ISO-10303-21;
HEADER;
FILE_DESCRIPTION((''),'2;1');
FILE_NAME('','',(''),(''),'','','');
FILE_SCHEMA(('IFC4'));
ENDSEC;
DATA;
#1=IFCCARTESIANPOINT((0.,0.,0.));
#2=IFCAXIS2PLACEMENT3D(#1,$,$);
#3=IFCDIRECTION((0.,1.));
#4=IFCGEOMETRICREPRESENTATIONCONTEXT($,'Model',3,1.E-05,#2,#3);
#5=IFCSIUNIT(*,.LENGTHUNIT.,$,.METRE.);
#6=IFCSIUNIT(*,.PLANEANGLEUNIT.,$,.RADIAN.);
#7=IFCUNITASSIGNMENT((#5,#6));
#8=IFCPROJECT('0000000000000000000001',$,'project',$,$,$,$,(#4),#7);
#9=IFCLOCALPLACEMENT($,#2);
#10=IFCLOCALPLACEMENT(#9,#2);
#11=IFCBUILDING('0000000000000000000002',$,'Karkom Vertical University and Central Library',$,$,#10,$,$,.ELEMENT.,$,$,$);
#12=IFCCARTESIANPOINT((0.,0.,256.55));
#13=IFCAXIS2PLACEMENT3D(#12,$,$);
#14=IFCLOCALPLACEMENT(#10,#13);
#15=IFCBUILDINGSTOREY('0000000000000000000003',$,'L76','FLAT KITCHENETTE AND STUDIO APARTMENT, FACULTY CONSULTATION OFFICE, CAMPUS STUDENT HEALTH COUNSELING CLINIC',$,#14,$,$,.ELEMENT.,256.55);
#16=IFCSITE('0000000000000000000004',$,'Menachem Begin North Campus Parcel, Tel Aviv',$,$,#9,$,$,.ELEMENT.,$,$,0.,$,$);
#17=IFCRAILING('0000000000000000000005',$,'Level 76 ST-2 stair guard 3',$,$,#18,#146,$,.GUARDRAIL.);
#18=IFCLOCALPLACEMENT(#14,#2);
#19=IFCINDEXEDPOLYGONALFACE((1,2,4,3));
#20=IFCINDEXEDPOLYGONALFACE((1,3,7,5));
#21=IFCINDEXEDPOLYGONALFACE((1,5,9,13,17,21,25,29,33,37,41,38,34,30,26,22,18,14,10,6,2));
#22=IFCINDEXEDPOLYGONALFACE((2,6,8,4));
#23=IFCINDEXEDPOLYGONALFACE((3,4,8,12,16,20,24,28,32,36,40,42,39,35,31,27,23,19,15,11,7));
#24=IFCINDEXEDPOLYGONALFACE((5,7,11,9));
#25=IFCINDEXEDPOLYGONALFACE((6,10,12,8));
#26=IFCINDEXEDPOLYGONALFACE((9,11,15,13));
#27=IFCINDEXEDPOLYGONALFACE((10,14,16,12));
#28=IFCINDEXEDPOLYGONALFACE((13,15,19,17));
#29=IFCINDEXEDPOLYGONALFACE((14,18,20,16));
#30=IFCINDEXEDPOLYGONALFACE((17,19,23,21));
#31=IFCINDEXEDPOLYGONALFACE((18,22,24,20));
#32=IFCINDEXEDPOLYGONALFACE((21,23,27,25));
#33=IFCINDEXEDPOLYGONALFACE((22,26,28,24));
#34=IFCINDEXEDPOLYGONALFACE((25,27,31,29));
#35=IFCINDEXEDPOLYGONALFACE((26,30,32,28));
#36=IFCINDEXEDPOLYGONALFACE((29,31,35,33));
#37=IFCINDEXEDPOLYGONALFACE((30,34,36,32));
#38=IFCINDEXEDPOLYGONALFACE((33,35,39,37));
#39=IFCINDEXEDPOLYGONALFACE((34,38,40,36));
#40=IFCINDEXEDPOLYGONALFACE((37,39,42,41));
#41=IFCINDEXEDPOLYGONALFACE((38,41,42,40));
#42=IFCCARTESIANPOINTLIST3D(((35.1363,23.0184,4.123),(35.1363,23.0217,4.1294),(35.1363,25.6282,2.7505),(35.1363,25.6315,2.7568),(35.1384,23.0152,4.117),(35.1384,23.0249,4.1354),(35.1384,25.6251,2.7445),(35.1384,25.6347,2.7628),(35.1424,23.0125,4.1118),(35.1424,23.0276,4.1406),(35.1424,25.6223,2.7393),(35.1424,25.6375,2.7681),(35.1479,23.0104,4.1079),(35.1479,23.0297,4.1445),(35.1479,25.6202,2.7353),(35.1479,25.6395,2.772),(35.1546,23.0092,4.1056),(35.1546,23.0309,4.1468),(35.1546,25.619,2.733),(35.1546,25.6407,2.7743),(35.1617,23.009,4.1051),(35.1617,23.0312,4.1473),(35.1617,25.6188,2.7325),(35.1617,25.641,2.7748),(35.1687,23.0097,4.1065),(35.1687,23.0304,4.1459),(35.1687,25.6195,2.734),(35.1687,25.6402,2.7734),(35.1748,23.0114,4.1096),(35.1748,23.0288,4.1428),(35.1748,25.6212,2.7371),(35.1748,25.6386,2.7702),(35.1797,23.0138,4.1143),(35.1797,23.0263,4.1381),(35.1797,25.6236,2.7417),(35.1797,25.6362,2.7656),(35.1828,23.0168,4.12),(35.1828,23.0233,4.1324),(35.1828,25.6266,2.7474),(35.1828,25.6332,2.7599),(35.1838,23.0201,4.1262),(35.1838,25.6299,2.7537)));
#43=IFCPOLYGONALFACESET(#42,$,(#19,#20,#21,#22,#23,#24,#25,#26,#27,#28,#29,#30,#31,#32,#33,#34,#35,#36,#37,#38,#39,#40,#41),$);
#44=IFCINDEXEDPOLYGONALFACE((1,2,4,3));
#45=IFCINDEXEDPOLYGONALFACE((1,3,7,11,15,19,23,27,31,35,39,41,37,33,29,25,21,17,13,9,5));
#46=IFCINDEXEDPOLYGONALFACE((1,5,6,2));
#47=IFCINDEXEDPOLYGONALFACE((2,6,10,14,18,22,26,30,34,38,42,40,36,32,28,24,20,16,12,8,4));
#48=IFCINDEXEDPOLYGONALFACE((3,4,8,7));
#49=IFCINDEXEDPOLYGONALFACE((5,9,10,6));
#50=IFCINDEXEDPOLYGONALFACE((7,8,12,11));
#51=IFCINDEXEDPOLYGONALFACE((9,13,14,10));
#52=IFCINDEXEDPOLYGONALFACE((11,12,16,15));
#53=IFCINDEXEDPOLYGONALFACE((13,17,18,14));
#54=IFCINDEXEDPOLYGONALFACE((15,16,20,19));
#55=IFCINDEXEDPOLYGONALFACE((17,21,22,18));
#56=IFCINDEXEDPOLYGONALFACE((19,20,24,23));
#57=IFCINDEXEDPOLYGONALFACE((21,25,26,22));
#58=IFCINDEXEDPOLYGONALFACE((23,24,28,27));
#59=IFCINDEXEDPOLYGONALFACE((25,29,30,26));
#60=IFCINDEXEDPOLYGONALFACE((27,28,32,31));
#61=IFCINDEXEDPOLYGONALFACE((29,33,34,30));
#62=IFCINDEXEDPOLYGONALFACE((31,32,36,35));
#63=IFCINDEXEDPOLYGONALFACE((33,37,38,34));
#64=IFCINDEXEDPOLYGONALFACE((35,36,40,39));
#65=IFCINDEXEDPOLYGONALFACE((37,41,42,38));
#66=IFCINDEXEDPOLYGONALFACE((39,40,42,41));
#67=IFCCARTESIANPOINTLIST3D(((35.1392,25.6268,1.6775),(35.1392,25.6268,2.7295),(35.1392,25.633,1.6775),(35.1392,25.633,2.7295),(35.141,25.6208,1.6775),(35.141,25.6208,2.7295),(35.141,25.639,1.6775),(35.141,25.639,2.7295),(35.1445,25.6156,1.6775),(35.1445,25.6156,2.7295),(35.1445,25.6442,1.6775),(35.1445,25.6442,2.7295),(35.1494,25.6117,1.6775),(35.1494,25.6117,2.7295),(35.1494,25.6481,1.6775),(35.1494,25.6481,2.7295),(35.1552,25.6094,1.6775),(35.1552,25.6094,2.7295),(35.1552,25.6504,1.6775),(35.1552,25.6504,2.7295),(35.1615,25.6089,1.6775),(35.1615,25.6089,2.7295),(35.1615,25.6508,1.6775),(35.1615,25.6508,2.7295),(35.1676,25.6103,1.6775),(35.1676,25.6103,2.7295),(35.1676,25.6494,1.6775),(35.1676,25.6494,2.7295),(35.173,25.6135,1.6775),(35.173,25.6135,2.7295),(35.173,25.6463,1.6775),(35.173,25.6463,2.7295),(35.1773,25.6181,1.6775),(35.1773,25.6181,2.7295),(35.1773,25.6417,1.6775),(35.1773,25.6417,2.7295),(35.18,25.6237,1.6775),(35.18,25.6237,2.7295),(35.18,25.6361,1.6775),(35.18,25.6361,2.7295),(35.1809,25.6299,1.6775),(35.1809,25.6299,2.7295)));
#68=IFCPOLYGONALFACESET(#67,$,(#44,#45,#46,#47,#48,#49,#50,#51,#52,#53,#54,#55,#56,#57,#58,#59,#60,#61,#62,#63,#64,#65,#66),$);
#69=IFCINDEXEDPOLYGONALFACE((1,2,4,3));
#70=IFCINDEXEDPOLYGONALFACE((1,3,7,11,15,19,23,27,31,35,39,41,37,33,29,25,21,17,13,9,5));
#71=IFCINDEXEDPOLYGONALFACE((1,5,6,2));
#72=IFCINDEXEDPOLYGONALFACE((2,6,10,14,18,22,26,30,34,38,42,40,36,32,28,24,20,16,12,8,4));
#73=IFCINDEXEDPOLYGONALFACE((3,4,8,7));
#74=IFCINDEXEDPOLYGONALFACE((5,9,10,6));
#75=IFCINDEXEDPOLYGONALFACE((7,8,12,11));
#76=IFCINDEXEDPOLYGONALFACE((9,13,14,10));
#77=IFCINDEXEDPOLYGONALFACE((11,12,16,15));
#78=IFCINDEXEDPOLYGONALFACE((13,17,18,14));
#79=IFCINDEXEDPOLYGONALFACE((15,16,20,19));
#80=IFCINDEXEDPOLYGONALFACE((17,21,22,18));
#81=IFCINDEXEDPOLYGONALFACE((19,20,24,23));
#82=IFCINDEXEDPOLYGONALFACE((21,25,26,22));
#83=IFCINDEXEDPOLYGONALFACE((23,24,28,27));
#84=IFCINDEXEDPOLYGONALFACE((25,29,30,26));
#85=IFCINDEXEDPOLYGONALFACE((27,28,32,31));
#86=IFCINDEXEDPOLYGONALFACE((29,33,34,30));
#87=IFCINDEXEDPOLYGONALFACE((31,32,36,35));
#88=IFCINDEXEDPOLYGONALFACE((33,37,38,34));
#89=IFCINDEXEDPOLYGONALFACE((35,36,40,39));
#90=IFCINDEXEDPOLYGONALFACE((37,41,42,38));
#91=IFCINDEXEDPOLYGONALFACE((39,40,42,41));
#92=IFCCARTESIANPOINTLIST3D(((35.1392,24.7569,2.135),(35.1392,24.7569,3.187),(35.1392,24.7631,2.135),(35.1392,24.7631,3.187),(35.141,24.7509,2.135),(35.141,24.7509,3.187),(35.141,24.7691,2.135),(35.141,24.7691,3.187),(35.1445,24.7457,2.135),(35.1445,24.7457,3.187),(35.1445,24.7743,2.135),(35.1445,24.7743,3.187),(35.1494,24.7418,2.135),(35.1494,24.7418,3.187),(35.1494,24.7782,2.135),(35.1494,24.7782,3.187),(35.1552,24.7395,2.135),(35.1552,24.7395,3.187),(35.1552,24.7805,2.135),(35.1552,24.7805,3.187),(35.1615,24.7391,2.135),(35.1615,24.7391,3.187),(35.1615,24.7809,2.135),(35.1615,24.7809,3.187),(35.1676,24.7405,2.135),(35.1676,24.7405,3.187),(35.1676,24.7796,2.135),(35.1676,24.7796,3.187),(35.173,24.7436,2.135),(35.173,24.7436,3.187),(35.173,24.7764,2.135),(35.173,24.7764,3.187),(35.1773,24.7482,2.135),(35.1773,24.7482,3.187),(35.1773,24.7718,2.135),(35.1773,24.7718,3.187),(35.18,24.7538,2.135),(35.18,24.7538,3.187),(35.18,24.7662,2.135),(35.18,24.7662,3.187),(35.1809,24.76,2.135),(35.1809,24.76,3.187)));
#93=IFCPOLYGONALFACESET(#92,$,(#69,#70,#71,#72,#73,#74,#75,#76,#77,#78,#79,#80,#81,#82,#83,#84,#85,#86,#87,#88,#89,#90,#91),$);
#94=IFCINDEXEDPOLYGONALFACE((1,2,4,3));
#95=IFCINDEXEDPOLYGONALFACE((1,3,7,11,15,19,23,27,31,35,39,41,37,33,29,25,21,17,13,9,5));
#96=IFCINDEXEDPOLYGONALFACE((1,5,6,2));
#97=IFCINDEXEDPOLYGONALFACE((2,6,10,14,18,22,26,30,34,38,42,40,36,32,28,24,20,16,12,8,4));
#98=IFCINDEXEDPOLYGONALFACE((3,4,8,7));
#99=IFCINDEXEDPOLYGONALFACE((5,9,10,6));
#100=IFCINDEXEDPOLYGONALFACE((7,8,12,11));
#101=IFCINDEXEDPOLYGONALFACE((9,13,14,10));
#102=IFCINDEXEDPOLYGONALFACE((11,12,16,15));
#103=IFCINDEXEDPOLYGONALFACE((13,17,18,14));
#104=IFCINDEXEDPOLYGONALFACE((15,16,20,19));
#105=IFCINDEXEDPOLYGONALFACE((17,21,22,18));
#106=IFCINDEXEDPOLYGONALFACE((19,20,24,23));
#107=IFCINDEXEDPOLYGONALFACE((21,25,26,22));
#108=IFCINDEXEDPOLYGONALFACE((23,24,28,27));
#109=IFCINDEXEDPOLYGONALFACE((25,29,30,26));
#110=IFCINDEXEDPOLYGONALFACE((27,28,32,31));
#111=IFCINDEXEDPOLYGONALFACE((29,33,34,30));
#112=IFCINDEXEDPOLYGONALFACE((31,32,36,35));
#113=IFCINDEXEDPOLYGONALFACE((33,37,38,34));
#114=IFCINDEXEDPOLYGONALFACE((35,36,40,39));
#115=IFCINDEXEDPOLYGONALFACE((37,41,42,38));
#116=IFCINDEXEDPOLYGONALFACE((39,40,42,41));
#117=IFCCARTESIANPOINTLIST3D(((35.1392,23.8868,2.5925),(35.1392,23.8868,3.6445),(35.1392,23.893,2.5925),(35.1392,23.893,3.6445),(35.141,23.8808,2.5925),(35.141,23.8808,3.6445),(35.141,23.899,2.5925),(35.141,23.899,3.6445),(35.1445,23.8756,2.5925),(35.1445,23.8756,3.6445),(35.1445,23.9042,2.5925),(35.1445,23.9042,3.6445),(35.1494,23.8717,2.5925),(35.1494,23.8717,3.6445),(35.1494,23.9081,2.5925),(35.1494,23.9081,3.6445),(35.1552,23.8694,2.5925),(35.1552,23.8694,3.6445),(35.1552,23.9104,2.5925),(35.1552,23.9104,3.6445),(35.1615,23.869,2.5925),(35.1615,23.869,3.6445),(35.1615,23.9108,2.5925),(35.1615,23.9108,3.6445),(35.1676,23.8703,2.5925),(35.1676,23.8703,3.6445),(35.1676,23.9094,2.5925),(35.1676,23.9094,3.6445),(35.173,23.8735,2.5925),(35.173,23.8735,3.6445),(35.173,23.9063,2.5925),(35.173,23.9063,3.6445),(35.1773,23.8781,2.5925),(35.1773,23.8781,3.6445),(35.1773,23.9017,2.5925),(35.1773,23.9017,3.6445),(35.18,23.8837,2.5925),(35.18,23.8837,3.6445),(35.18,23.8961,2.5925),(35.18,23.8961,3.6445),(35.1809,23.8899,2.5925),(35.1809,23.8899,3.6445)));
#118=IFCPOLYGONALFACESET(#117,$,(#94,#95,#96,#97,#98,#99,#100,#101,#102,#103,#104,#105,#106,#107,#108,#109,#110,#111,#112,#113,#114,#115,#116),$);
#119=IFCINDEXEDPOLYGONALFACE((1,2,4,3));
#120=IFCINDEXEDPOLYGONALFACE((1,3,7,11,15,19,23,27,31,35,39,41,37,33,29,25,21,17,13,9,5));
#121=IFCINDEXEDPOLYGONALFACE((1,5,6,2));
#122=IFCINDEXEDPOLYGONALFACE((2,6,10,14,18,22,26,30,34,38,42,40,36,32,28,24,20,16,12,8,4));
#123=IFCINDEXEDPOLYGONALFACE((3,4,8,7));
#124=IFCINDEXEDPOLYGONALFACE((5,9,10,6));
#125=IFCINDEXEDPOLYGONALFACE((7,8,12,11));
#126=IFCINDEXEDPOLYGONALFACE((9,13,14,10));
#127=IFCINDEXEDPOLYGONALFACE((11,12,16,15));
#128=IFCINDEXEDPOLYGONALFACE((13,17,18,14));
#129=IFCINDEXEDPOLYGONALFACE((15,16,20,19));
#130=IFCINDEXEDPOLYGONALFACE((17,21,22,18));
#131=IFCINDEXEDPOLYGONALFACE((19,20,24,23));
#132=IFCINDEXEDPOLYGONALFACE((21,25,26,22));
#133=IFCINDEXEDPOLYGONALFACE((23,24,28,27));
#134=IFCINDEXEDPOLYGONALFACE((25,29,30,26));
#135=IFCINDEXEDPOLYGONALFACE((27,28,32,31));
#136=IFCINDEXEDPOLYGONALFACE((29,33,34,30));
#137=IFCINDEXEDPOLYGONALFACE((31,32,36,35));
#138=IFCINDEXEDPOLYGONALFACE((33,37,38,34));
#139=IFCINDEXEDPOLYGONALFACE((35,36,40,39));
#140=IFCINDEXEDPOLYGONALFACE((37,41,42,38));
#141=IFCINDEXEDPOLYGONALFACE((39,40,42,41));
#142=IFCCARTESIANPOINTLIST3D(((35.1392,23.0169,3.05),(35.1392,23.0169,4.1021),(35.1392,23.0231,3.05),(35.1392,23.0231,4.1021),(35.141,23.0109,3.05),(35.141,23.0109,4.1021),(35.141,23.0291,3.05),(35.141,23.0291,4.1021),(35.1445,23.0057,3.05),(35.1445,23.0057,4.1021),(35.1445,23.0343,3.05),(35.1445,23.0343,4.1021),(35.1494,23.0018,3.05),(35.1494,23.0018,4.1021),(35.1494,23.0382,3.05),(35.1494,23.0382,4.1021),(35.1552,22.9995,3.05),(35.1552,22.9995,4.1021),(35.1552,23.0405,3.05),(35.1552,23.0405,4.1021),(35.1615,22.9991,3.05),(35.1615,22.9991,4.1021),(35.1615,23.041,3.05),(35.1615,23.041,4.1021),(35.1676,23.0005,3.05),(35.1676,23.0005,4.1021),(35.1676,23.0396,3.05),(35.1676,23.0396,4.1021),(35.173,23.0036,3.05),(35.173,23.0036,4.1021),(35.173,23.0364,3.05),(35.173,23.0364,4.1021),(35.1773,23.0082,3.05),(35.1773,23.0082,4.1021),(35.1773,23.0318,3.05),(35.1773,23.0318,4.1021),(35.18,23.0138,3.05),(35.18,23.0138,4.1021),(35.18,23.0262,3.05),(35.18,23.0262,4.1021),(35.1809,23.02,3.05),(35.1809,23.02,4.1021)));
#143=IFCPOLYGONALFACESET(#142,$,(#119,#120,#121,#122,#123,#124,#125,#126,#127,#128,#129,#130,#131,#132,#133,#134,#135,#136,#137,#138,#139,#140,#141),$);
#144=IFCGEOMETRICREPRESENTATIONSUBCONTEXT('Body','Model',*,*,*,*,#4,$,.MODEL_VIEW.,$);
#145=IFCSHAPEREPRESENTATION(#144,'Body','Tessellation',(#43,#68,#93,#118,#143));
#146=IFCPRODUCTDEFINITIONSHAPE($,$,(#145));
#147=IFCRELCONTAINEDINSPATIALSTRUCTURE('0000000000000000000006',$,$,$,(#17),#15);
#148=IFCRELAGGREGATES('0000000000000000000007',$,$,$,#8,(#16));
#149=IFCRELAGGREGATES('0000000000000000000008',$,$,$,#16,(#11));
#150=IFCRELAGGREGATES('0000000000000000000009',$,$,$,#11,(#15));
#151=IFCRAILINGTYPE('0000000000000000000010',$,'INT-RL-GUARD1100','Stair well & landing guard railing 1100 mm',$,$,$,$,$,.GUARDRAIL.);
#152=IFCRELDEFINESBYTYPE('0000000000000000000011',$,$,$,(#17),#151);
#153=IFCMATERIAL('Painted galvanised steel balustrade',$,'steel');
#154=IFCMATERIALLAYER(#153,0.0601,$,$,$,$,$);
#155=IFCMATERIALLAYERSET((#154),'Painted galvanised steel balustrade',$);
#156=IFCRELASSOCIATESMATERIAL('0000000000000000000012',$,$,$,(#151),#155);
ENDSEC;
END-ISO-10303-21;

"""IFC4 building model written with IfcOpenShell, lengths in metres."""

from ifc_helpers import new_model, si_unit, direction, frame, origin, origin_2d, place, context, subcontext, project, spatial, circle, extrude, material, layer, layer_set, type_object, element, save


model = new_model("IFC4")

# Units and contexts
model_context = context("Model", 3, precision=1e-05, world=origin(), true_north=direction((0.0, 1.0)))
body_context = subcontext(model_context, "Body", "Model", "MODEL_VIEW")
ifc_project = project(units=[si_unit("LENGTHUNIT", "METRE"), si_unit("PLANEANGLEUNIT", "RADIAN")], contexts=[model_context])

# Site, building, storey
site_placement = place(None, origin())
site = spatial("IfcSite", under=ifc_project, at=site_placement, Name="Menachem Begin North Campus Parcel, Tel Aviv", CompositionType="ELEMENT", RefElevation=0.0)
building_placement = place(site_placement, origin())
building = spatial("IfcBuilding", under=site, at=building_placement, Name="Karkom Vertical University and Central Library", CompositionType="ELEMENT")
storey_placement = place(building_placement, frame((0.0, 0.0, 256.55)))
storey = spatial("IfcBuildingStorey", under=building, at=storey_placement, Name="L76", Description="FLAT KITCHENETTE AND STUDIO APARTMENT, FACULTY CONSULTATION OFFICE, CAMPUS STUDENT HEALTH COUNSELING CLINIC", CompositionType="ELEMENT", Elevation=256.55)

# Railing
ifc_material_1 = material(Name="Painted galvanised steel balustrade", Category="steel")
ifc_layer_1 = layer(ifc_material_1, 0.0601)
ifc_layer_set_1 = layer_set([ifc_layer_1], Name="Painted galvanised steel balustrade")
railing_type = type_object("IfcRailingType", Name="INT-RL-GUARD1100", Description="Stair well & landing guard railing 1100 mm", PredefinedType="GUARDRAIL", material=ifc_layer_set_1)
railing_1_placement = place(storey_placement, frame((35.1599, 25.6299, 1.6775)))
element("IfcRailing", 1, at=railing_1_placement, inside=storey, type_object=railing_type, Name="Level 76 ST-2 stair guard 3", PredefinedType="GUARDRAIL", context=body_context, shape_type="SweptSolid", body=[
    extrude(circle(Radius=0.0239, at=origin_2d()), frame((0.0, 0.0, 1.0762), z_axis=(0.0, -0.885065, 0.465467), x_axis=(1.0, 0.0, 0.0)), (0.0, 0.0, 1.0), 2.9487),
    extrude(circle(Radius=0.021, at=origin_2d()), origin(), (0.0, 0.0, 1.0), 1.052),
    extrude(circle(Radius=0.021, at=origin_2d()), frame((0.0, -0.8699, 0.4575)), (0.0, 0.0, 1.0), 1.052),
    extrude(circle(Radius=0.021, at=origin_2d()), frame((0.0, -1.74, 0.915)), (0.0, 0.0, 1.0), 1.052),
    extrude(circle(Radius=0.021, at=origin_2d()), frame((0.0, -2.6099, 1.3726)), (0.0, 0.0, 1.0), 1.052),
])

save(model, "model.ifc")
